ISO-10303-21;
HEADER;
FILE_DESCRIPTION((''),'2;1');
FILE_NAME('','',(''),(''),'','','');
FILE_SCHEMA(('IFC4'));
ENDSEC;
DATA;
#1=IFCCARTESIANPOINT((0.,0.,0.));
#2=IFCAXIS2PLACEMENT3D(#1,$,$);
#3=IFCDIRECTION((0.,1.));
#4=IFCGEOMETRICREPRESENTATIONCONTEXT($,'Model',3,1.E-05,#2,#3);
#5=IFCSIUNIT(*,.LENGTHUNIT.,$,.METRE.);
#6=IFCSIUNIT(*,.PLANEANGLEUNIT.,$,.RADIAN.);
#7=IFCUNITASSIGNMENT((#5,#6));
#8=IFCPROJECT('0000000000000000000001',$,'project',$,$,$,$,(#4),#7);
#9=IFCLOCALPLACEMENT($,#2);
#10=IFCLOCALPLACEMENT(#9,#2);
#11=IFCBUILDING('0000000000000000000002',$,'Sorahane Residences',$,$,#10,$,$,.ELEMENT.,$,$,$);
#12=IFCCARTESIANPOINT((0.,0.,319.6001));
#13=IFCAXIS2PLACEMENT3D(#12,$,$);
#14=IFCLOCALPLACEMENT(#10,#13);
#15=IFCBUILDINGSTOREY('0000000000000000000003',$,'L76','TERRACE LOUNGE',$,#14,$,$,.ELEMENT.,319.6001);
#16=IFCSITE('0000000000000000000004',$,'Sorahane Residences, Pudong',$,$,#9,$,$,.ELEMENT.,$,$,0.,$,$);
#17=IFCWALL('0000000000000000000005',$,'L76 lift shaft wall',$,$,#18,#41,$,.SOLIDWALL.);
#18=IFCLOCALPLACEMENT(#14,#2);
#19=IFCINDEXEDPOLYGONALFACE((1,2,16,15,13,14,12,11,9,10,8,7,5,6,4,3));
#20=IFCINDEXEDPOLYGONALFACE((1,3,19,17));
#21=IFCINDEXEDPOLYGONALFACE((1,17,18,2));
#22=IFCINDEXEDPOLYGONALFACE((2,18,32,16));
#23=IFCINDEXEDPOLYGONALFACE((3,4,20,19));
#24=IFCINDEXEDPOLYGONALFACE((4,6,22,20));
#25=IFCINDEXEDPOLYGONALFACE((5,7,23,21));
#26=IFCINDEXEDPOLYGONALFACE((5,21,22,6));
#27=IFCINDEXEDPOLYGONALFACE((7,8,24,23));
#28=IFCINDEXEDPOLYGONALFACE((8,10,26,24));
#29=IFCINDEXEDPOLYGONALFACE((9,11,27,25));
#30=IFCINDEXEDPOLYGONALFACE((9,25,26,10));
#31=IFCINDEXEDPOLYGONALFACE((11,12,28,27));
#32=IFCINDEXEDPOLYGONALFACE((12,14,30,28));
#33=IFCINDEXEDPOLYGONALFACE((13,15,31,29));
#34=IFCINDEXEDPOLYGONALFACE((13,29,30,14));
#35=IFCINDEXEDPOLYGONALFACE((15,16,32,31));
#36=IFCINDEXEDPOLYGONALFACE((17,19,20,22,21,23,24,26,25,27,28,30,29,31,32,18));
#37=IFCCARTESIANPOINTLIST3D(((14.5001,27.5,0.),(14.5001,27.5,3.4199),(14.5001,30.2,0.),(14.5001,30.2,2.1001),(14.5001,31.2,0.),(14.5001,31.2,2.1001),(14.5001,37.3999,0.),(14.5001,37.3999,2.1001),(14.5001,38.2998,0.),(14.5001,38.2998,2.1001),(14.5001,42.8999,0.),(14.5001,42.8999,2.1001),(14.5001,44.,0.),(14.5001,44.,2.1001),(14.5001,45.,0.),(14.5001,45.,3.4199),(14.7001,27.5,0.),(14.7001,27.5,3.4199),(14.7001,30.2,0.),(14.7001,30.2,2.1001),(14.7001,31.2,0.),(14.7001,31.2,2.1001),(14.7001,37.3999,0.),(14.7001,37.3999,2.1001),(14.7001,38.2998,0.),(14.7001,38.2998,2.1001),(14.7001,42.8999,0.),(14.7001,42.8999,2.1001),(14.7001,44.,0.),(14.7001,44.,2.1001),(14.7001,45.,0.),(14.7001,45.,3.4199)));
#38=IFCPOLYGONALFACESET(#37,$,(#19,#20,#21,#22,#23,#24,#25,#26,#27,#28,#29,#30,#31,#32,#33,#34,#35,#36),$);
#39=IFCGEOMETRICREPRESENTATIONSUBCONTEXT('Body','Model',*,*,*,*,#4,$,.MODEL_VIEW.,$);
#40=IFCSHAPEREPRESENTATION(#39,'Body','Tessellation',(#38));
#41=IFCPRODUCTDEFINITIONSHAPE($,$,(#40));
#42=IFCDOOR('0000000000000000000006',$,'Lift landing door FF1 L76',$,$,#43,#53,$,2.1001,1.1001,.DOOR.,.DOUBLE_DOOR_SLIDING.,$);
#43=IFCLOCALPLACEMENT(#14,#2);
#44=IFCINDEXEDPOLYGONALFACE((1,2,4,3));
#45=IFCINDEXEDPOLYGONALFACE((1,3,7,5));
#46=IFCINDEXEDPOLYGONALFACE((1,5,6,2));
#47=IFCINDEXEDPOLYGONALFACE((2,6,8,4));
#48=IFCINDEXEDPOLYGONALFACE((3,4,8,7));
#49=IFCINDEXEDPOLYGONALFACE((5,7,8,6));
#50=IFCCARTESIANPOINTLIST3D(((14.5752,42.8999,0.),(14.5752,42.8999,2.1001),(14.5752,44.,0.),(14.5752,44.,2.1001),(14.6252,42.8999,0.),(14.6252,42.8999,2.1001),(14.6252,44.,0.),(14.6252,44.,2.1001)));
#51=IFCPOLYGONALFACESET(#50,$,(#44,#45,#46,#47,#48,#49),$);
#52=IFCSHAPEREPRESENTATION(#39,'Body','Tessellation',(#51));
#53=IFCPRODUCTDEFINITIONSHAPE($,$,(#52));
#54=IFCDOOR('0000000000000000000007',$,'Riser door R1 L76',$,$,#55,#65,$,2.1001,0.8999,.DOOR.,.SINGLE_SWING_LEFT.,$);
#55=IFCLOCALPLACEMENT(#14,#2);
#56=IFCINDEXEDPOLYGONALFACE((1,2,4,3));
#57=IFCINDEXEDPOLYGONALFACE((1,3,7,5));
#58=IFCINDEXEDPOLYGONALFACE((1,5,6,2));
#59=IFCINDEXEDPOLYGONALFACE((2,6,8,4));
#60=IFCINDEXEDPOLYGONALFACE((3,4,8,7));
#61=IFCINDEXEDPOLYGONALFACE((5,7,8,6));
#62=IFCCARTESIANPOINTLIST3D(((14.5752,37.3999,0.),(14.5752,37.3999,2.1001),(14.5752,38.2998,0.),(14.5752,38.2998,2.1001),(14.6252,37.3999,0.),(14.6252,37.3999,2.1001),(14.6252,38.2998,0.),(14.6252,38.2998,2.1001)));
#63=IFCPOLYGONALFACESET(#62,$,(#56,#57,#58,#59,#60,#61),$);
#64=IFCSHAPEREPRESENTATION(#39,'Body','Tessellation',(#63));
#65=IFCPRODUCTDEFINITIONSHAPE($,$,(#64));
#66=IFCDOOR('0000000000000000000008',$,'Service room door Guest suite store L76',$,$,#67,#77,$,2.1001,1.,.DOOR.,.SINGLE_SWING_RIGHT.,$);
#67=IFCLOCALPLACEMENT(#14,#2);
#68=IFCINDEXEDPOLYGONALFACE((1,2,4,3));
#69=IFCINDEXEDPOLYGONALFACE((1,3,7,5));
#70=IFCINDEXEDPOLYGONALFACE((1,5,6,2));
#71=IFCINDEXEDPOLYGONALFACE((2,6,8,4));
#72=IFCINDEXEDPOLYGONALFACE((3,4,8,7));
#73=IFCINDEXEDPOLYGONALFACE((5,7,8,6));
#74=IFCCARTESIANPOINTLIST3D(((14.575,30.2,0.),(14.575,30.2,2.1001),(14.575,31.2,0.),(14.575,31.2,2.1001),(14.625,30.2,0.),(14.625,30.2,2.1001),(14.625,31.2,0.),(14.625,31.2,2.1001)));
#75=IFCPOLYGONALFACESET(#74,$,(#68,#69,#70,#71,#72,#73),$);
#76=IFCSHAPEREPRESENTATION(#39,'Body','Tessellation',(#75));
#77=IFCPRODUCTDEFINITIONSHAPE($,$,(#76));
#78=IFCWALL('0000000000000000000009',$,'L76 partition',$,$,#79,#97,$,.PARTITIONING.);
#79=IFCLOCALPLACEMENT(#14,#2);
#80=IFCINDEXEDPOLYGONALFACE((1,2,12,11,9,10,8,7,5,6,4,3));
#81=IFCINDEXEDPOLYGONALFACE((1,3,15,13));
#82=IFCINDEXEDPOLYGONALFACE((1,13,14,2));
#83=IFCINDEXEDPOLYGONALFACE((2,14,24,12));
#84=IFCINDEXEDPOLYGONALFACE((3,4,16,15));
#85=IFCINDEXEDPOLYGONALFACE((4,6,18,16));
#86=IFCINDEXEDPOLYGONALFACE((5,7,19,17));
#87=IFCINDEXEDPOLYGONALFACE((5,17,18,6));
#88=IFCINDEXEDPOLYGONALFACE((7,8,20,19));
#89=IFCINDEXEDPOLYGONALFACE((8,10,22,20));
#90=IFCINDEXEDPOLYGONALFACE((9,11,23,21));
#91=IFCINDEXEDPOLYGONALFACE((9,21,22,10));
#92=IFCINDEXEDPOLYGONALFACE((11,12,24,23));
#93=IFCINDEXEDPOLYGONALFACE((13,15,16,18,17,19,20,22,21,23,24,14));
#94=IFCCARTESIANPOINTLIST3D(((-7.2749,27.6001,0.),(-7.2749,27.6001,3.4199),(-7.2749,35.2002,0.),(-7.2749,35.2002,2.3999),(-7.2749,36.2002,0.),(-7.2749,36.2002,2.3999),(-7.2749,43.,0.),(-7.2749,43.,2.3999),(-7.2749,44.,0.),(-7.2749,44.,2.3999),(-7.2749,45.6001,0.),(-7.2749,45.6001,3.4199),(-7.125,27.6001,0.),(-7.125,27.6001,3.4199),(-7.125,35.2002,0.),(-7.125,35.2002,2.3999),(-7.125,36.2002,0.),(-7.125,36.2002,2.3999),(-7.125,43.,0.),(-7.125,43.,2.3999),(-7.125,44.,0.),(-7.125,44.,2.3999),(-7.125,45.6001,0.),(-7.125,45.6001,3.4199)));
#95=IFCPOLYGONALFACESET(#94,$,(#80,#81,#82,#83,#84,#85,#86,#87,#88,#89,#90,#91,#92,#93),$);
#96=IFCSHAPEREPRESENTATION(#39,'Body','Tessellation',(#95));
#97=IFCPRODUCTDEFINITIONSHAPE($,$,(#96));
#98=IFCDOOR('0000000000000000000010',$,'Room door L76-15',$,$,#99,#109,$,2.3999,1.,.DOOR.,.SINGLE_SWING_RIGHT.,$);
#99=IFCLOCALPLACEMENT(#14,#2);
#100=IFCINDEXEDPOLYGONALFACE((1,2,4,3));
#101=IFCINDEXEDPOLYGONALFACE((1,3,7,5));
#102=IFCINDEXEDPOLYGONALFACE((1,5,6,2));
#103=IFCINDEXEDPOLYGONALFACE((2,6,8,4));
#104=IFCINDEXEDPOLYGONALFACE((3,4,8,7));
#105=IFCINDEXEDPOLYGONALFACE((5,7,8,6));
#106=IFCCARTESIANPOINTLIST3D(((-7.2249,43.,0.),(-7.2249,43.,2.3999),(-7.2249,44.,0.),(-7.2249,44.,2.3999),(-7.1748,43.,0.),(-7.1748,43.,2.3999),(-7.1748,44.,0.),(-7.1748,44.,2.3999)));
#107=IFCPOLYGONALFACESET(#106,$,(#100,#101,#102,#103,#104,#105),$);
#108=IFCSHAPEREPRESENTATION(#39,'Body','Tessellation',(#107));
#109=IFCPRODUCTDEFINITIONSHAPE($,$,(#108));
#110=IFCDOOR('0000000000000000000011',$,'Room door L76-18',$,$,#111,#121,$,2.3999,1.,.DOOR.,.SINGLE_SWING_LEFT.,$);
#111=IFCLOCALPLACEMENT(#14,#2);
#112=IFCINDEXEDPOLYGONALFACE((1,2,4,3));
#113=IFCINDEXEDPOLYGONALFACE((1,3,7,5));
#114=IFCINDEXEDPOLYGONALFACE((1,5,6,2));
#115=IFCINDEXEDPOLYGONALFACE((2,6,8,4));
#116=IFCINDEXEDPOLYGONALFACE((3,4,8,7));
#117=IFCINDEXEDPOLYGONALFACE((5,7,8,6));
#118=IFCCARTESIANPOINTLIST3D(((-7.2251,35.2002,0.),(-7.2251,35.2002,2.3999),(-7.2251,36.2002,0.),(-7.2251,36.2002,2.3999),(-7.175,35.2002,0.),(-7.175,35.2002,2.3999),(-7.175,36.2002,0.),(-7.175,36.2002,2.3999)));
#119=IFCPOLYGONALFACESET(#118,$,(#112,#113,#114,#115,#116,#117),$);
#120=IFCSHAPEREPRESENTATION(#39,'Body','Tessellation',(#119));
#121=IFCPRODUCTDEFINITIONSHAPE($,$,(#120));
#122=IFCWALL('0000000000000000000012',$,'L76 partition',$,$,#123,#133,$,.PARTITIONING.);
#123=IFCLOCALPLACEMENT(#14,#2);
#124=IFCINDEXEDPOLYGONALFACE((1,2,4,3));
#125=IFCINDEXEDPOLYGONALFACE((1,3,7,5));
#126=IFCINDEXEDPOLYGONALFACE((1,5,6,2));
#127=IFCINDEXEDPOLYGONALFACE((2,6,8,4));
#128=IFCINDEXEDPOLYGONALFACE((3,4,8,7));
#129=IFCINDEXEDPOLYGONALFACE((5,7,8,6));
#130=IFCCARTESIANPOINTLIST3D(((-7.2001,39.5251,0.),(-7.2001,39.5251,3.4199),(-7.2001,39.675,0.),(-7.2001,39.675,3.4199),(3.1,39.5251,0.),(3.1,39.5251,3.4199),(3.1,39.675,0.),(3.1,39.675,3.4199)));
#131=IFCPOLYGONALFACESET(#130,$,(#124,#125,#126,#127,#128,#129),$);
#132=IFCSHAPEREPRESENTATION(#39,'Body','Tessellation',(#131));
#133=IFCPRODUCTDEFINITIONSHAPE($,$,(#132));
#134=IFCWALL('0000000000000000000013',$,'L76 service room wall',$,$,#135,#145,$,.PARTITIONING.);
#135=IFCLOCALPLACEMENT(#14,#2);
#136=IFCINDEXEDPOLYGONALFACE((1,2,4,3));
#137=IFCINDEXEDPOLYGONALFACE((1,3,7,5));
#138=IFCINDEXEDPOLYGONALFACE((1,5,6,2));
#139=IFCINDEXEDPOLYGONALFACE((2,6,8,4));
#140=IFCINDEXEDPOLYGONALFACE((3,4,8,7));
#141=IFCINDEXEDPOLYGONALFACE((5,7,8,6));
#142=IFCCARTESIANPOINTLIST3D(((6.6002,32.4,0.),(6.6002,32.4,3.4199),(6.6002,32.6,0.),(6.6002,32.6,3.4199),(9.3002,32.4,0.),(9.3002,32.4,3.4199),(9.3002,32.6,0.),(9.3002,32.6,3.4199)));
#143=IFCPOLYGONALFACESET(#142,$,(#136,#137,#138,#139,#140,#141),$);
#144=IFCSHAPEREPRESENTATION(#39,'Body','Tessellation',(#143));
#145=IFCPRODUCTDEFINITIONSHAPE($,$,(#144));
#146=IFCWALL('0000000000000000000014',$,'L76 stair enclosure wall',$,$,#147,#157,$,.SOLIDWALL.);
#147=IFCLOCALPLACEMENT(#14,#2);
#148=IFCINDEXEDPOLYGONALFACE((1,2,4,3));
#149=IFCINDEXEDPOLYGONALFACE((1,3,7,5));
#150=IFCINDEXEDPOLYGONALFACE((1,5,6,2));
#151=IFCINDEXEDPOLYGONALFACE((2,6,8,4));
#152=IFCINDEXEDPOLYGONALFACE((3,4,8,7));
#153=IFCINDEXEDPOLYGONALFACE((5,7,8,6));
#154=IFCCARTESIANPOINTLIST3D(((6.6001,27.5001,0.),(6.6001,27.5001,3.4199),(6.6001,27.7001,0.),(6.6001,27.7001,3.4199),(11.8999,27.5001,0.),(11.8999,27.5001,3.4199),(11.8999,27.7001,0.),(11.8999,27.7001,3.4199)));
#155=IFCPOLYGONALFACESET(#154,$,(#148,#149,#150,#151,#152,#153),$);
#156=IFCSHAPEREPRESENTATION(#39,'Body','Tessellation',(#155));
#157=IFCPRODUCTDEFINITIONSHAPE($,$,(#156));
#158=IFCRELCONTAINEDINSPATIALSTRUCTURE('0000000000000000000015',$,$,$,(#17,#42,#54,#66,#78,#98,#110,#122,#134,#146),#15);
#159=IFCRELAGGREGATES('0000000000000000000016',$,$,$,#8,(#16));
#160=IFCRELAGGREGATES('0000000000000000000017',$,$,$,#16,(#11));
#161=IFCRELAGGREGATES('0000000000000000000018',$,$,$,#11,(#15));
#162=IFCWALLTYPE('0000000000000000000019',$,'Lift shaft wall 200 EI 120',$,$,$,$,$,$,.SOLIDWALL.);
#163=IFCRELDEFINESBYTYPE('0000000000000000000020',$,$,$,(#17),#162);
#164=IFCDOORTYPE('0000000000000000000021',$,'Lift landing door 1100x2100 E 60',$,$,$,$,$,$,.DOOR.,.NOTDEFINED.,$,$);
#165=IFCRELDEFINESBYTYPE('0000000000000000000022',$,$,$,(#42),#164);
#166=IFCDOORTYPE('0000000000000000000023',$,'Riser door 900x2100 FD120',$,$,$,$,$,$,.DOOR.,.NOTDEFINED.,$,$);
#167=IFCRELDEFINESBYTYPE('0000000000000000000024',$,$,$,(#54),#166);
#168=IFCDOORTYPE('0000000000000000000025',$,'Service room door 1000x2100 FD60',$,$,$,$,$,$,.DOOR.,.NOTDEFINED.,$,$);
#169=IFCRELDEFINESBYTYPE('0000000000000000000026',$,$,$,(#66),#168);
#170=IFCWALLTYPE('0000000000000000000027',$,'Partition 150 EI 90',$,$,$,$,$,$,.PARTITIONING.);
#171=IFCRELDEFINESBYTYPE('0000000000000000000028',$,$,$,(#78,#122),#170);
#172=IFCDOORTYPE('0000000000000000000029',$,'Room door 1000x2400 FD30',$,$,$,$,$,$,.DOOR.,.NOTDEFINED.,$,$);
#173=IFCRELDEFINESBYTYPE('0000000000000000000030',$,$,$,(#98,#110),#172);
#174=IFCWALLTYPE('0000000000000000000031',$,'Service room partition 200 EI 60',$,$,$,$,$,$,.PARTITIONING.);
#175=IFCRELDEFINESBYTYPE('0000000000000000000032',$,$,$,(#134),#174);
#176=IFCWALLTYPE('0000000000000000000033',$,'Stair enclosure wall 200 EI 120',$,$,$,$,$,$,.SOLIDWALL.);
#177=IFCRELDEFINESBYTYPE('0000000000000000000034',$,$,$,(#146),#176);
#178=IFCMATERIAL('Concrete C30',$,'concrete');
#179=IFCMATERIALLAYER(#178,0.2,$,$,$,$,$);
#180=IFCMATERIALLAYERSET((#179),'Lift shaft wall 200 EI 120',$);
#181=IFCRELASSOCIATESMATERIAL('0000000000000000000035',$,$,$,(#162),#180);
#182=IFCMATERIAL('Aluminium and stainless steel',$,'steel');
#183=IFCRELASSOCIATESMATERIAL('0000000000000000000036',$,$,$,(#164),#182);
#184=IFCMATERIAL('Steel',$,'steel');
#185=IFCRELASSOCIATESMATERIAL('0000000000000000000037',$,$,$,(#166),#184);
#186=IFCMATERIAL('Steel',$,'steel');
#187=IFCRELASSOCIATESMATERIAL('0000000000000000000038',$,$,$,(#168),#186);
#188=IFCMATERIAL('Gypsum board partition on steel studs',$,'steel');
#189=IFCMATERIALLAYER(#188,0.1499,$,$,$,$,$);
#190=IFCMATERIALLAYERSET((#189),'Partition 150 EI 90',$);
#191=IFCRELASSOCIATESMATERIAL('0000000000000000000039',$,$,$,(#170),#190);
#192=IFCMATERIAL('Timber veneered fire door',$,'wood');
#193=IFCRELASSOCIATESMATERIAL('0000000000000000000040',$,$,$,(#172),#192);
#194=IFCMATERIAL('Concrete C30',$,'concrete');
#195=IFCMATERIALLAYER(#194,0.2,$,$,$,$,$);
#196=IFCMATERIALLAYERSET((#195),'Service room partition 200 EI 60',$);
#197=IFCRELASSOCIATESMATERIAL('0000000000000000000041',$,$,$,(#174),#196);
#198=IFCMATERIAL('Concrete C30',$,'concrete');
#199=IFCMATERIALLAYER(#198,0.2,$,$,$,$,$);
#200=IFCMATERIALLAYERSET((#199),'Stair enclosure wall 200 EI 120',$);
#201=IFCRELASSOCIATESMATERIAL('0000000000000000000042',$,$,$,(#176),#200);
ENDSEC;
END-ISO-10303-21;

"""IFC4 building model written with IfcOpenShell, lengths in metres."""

from ifc_helpers import new_model, si_unit, direction, frame, frame_2d, origin, place, context, subcontext, project, spatial, rectangle, extrude, material, layer, layer_set, type_object, element, fill, save


model = new_model("IFC4")

# Units and contexts
model_context = context("Model", 3, precision=1e-05, world=origin(), true_north=direction((0.0, 1.0)))
body_context = subcontext(model_context, "Body", "Model", "MODEL_VIEW")
ifc_project = project(units=[si_unit("LENGTHUNIT", "METRE"), si_unit("PLANEANGLEUNIT", "RADIAN")], contexts=[model_context])

# Site, building, storey
site_placement = place(None, origin())
site = spatial("IfcSite", under=ifc_project, at=site_placement, Name="Sorahane Residences, Pudong", CompositionType="ELEMENT", RefElevation=0.0)
building_placement = place(site_placement, origin())
building = spatial("IfcBuilding", under=site, at=building_placement, Name="Sorahane Residences", CompositionType="ELEMENT")
storey_placement = place(building_placement, frame((0.0, 0.0, 319.6001)))
storey = spatial("IfcBuildingStorey", under=building, at=storey_placement, Name="L76", Description="TERRACE LOUNGE", CompositionType="ELEMENT", Elevation=319.6001)

# Walls, openings, doors
ifc_material_1 = material(Name="Concrete C30", Category="concrete")
ifc_layer_1 = layer(ifc_material_1, 0.2)
ifc_layer_set_1 = layer_set([ifc_layer_1], Name="Lift shaft wall 200 EI 120")
wall_type_1 = type_object("IfcWallType", Name="Lift shaft wall 200 EI 120", PredefinedType="SOLIDWALL", material=ifc_layer_set_1)
wall_1_placement = place(storey_placement, frame((14.6001, 27.5, 0.0), z_axis=(0.0, 0.0, 1.0), x_axis=(0.0, 1.0, 0.0)))
wall_1 = element("IfcWall", 1, at=wall_1_placement, inside=storey, type_object=wall_type_1, Name="L76 lift shaft wall", PredefinedType="SOLIDWALL", context=body_context, shape_type="SweptSolid", body=[
    extrude(rectangle(XDim=17.5, YDim=0.2, at=frame_2d((8.75, 0.0))), origin(), (0.0, 0.0, 1.0), 3.4199),
])
opening_1_placement = place(wall_1_placement, frame((15.3999, 0.0, 0.0)))
opening_1 = element("IfcOpeningElement", 2, at=opening_1_placement, cuts=wall_1, PredefinedType="OPENING", context=body_context, shape_type="SweptSolid", body=[
    extrude(rectangle(XDim=1.1001, YDim=2.1001, at=frame_2d((0.55, 1.05))), frame((0.0, 0.1099, 0.0), z_axis=(0.0, -1.0, 0.0), x_axis=(1.0, 0.0, 0.0)), (0.0, 0.0, 1.0), 0.22),
])
opening_2_placement = place(wall_1_placement, frame((2.7, 0.0, 0.0)))
opening_2 = element("IfcOpeningElement", 3, at=opening_2_placement, cuts=wall_1, PredefinedType="OPENING", context=body_context, shape_type="SweptSolid", body=[
    extrude(rectangle(XDim=1.0, YDim=2.1001, at=frame_2d((0.5, 1.05))), frame((0.0, 0.1099, 0.0), z_axis=(0.0, -1.0, 0.0), x_axis=(1.0, 0.0, 0.0)), (0.0, 0.0, 1.0), 0.22),
])
opening_3_placement = place(wall_1_placement, frame((9.8999, 0.0, 0.0)))
opening_3 = element("IfcOpeningElement", 4, at=opening_3_placement, cuts=wall_1, PredefinedType="OPENING", context=body_context, shape_type="SweptSolid", body=[
    extrude(rectangle(XDim=0.8999, YDim=2.1001, at=frame_2d((0.45, 1.05))), frame((0.0, 0.1099, 0.0), z_axis=(0.0, -1.0, 0.0), x_axis=(1.0, 0.0, 0.0)), (0.0, 0.0, 1.0), 0.22),
])
ifc_material_2 = material(Name="Aluminium and stainless steel", Category="steel")
door_type_1 = type_object("IfcDoorType", Name="Lift landing door 1100x2100 E 60", OperationType="NOTDEFINED", PredefinedType="DOOR", material=ifc_material_2)
door_1_placement = place(opening_1_placement, origin())
door_1 = element("IfcDoor", 5, at=door_1_placement, inside=storey, type_object=door_type_1, Name="Lift landing door FF1 L76", OperationType="DOUBLE_DOOR_SLIDING", OverallHeight=2.1001, OverallWidth=1.1001, PredefinedType="DOOR", context=body_context, shape_type="SweptSolid", body=[
    extrude(rectangle(XDim=1.1001, YDim=2.1001, at=frame_2d((0.55, 1.05))), frame((0.0, 0.0249, 0.0), z_axis=(0.0, -1.0, 0.0), x_axis=(1.0, 0.0, 0.0)), (0.0, 0.0, 1.0), 0.05),
])
fill(opening_1, door_1)
ifc_material_3 = material(Name="Steel", Category="steel")
door_type_2 = type_object("IfcDoorType", Name="Riser door 900x2100 FD120", OperationType="NOTDEFINED", PredefinedType="DOOR", material=ifc_material_3)
door_2_placement = place(opening_3_placement, origin())
door_2 = element("IfcDoor", 6, at=door_2_placement, inside=storey, type_object=door_type_2, Name="Riser door R1 L76", OperationType="SINGLE_SWING_LEFT", OverallHeight=2.1001, OverallWidth=0.8999, PredefinedType="DOOR", context=body_context, shape_type="SweptSolid", body=[
    extrude(rectangle(XDim=0.8999, YDim=2.1001, at=frame_2d((0.45, 1.05))), frame((0.0, 0.0249, 0.0), z_axis=(0.0, -1.0, 0.0), x_axis=(1.0, 0.0, 0.0)), (0.0, 0.0, 1.0), 0.05),
])
fill(opening_3, door_2)
ifc_material_4 = material(Name="Steel", Category="steel")
door_type_3 = type_object("IfcDoorType", Name="Service room door 1000x2100 FD60", OperationType="NOTDEFINED", PredefinedType="DOOR", material=ifc_material_4)
door_3_placement = place(opening_2_placement, frame((1.0, 0.0, 0.0), z_axis=(0.0, 0.0, 1.0), x_axis=(-1.0, 0.0, 0.0)))
door_3 = element("IfcDoor", 7, at=door_3_placement, inside=storey, type_object=door_type_3, Name="Service room door Guest suite store L76", OperationType="SINGLE_SWING_RIGHT", OverallHeight=2.1001, OverallWidth=1.0, PredefinedType="DOOR", context=body_context, shape_type="SweptSolid", body=[
    extrude(rectangle(XDim=1.0, YDim=2.1001, at=frame_2d((0.5, 1.05))), frame((0.0, 0.0249, 0.0), z_axis=(0.0, -1.0, 0.0), x_axis=(1.0, 0.0, 0.0)), (0.0, 0.0, 1.0), 0.05),
])
fill(opening_2, door_3)
ifc_material_5 = material(Name="Gypsum board partition on steel studs", Category="steel")
ifc_layer_2 = layer(ifc_material_5, 0.1499)
ifc_layer_set_2 = layer_set([ifc_layer_2], Name="Partition 150 EI 90")
wall_type_2 = type_object("IfcWallType", Name="Partition 150 EI 90", PredefinedType="PARTITIONING", material=ifc_layer_set_2)
wall_2_placement = place(storey_placement, frame((-7.2, 27.6001, 0.0), z_axis=(0.0, 0.0, 1.0), x_axis=(0.0, 1.0, 0.0)))
wall_2 = element("IfcWall", 8, at=wall_2_placement, inside=storey, type_object=wall_type_2, Name="L76 partition", PredefinedType="PARTITIONING", context=body_context, shape_type="SweptSolid", body=[
    extrude(rectangle(XDim=18.0, YDim=0.1499, at=frame_2d((9.0, 0.0))), origin(), (0.0, 0.0, 1.0), 3.4199),
])
opening_4_placement = place(wall_2_placement, frame((15.3999, 0.0, 0.0)))
opening_4 = element("IfcOpeningElement", 9, at=opening_4_placement, cuts=wall_2, PredefinedType="OPENING", context=body_context, shape_type="SweptSolid", body=[
    extrude(rectangle(XDim=1.0, YDim=2.3999, at=frame_2d((0.5, 1.2))), frame((0.0, 0.085, 0.0), z_axis=(0.0, -1.0, 0.0), x_axis=(1.0, 0.0, 0.0)), (0.0, 0.0, 1.0), 0.1699),
])
opening_5_placement = place(wall_2_placement, frame((7.6001, 0.0, 0.0)))
opening_5 = element("IfcOpeningElement", 10, at=opening_5_placement, cuts=wall_2, PredefinedType="OPENING", context=body_context, shape_type="SweptSolid", body=[
    extrude(rectangle(XDim=1.0, YDim=2.3999, at=frame_2d((0.5, 1.2))), frame((0.0, 0.085, 0.0), z_axis=(0.0, -1.0, 0.0), x_axis=(1.0, 0.0, 0.0)), (0.0, 0.0, 1.0), 0.1699),
])
ifc_material_6 = material(Name="Timber veneered fire door", Category="wood")
door_type_4 = type_object("IfcDoorType", Name="Room door 1000x2400 FD30", OperationType="NOTDEFINED", PredefinedType="DOOR", material=ifc_material_6)
door_4_placement = place(opening_4_placement, origin())
door_4 = element("IfcDoor", 11, at=door_4_placement, inside=storey, type_object=door_type_4, Name="Room door L76-15", OperationType="SINGLE_SWING_RIGHT", OverallHeight=2.3999, OverallWidth=1.0, PredefinedType="DOOR", context=body_context, shape_type="SweptSolid", body=[
    extrude(rectangle(XDim=1.0, YDim=2.3999, at=frame_2d((0.5, 1.2))), frame((0.0, 0.0249, 0.0), z_axis=(0.0, -1.0, 0.0), x_axis=(1.0, 0.0, 0.0)), (0.0, 0.0, 1.0), 0.05),
])
fill(opening_4, door_4)
door_5_placement = place(opening_5_placement, frame((1.0, 0.0, 0.0), z_axis=(0.0, 0.0, 1.0), x_axis=(-1.0, 0.0, 0.0)))
door_5 = element("IfcDoor", 12, at=door_5_placement, inside=storey, type_object=door_type_4, Name="Room door L76-18", OperationType="SINGLE_SWING_LEFT", OverallHeight=2.3999, OverallWidth=1.0, PredefinedType="DOOR", context=body_context, shape_type="SweptSolid", body=[
    extrude(rectangle(XDim=1.0, YDim=2.3999, at=frame_2d((0.5, 1.2))), frame((0.0, 0.0249, 0.0), z_axis=(0.0, -1.0, 0.0), x_axis=(1.0, 0.0, 0.0)), (0.0, 0.0, 1.0), 0.05),
])
fill(opening_5, door_5)

# Walls
wall_3_placement = place(storey_placement, frame((-7.2, 39.6001, 0.0), z_axis=(0.0, 0.0, 1.0), x_axis=(1.0, 0.0, 0.0)))
element("IfcWall", 13, at=wall_3_placement, inside=storey, type_object=wall_type_2, Name="L76 partition", PredefinedType="PARTITIONING", context=body_context, shape_type="SweptSolid", body=[
    extrude(rectangle(XDim=10.3, YDim=0.1499, at=frame_2d((5.1499, 0.0))), origin(), (0.0, 0.0, 1.0), 3.4199),
])
ifc_material_7 = material(Name="Concrete C30", Category="concrete")
ifc_layer_3 = layer(ifc_material_7, 0.2)
ifc_layer_set_3 = layer_set([ifc_layer_3], Name="Service room partition 200 EI 60")
wall_type_3 = type_object("IfcWallType", Name="Service room partition 200 EI 60", PredefinedType="PARTITIONING", material=ifc_layer_set_3)
wall_4_placement = place(storey_placement, frame((6.6001, 32.5, 0.0), z_axis=(0.0, 0.0, 1.0), x_axis=(1.0, 0.0, 0.0)))
element("IfcWall", 14, at=wall_4_placement, inside=storey, type_object=wall_type_3, Name="L76 service room wall", PredefinedType="PARTITIONING", context=body_context, shape_type="SweptSolid", body=[
    extrude(rectangle(XDim=2.7, YDim=0.2, at=frame_2d((1.3501, 0.0))), origin(), (0.0, 0.0, 1.0), 3.4199),
])
ifc_material_8 = material(Name="Concrete C30", Category="concrete")
ifc_layer_4 = layer(ifc_material_8, 0.2)
ifc_layer_set_4 = layer_set([ifc_layer_4], Name="Stair enclosure wall 200 EI 120")
wall_type_4 = type_object("IfcWallType", Name="Stair enclosure wall 200 EI 120", PredefinedType="SOLIDWALL", material=ifc_layer_set_4)
wall_5_placement = place(storey_placement, frame((6.6001, 27.6001, 0.0), z_axis=(0.0, 0.0, 1.0), x_axis=(1.0, 0.0, 0.0)))
element("IfcWall", 15, at=wall_5_placement, inside=storey, type_object=wall_type_4, Name="L76 stair enclosure wall", PredefinedType="SOLIDWALL", context=body_context, shape_type="SweptSolid", body=[
    extrude(rectangle(XDim=5.2998, YDim=0.2, at=frame_2d((2.6499, 0.0))), origin(), (0.0, 0.0, 1.0), 3.4199),
])

save(model, "model.ifc")
